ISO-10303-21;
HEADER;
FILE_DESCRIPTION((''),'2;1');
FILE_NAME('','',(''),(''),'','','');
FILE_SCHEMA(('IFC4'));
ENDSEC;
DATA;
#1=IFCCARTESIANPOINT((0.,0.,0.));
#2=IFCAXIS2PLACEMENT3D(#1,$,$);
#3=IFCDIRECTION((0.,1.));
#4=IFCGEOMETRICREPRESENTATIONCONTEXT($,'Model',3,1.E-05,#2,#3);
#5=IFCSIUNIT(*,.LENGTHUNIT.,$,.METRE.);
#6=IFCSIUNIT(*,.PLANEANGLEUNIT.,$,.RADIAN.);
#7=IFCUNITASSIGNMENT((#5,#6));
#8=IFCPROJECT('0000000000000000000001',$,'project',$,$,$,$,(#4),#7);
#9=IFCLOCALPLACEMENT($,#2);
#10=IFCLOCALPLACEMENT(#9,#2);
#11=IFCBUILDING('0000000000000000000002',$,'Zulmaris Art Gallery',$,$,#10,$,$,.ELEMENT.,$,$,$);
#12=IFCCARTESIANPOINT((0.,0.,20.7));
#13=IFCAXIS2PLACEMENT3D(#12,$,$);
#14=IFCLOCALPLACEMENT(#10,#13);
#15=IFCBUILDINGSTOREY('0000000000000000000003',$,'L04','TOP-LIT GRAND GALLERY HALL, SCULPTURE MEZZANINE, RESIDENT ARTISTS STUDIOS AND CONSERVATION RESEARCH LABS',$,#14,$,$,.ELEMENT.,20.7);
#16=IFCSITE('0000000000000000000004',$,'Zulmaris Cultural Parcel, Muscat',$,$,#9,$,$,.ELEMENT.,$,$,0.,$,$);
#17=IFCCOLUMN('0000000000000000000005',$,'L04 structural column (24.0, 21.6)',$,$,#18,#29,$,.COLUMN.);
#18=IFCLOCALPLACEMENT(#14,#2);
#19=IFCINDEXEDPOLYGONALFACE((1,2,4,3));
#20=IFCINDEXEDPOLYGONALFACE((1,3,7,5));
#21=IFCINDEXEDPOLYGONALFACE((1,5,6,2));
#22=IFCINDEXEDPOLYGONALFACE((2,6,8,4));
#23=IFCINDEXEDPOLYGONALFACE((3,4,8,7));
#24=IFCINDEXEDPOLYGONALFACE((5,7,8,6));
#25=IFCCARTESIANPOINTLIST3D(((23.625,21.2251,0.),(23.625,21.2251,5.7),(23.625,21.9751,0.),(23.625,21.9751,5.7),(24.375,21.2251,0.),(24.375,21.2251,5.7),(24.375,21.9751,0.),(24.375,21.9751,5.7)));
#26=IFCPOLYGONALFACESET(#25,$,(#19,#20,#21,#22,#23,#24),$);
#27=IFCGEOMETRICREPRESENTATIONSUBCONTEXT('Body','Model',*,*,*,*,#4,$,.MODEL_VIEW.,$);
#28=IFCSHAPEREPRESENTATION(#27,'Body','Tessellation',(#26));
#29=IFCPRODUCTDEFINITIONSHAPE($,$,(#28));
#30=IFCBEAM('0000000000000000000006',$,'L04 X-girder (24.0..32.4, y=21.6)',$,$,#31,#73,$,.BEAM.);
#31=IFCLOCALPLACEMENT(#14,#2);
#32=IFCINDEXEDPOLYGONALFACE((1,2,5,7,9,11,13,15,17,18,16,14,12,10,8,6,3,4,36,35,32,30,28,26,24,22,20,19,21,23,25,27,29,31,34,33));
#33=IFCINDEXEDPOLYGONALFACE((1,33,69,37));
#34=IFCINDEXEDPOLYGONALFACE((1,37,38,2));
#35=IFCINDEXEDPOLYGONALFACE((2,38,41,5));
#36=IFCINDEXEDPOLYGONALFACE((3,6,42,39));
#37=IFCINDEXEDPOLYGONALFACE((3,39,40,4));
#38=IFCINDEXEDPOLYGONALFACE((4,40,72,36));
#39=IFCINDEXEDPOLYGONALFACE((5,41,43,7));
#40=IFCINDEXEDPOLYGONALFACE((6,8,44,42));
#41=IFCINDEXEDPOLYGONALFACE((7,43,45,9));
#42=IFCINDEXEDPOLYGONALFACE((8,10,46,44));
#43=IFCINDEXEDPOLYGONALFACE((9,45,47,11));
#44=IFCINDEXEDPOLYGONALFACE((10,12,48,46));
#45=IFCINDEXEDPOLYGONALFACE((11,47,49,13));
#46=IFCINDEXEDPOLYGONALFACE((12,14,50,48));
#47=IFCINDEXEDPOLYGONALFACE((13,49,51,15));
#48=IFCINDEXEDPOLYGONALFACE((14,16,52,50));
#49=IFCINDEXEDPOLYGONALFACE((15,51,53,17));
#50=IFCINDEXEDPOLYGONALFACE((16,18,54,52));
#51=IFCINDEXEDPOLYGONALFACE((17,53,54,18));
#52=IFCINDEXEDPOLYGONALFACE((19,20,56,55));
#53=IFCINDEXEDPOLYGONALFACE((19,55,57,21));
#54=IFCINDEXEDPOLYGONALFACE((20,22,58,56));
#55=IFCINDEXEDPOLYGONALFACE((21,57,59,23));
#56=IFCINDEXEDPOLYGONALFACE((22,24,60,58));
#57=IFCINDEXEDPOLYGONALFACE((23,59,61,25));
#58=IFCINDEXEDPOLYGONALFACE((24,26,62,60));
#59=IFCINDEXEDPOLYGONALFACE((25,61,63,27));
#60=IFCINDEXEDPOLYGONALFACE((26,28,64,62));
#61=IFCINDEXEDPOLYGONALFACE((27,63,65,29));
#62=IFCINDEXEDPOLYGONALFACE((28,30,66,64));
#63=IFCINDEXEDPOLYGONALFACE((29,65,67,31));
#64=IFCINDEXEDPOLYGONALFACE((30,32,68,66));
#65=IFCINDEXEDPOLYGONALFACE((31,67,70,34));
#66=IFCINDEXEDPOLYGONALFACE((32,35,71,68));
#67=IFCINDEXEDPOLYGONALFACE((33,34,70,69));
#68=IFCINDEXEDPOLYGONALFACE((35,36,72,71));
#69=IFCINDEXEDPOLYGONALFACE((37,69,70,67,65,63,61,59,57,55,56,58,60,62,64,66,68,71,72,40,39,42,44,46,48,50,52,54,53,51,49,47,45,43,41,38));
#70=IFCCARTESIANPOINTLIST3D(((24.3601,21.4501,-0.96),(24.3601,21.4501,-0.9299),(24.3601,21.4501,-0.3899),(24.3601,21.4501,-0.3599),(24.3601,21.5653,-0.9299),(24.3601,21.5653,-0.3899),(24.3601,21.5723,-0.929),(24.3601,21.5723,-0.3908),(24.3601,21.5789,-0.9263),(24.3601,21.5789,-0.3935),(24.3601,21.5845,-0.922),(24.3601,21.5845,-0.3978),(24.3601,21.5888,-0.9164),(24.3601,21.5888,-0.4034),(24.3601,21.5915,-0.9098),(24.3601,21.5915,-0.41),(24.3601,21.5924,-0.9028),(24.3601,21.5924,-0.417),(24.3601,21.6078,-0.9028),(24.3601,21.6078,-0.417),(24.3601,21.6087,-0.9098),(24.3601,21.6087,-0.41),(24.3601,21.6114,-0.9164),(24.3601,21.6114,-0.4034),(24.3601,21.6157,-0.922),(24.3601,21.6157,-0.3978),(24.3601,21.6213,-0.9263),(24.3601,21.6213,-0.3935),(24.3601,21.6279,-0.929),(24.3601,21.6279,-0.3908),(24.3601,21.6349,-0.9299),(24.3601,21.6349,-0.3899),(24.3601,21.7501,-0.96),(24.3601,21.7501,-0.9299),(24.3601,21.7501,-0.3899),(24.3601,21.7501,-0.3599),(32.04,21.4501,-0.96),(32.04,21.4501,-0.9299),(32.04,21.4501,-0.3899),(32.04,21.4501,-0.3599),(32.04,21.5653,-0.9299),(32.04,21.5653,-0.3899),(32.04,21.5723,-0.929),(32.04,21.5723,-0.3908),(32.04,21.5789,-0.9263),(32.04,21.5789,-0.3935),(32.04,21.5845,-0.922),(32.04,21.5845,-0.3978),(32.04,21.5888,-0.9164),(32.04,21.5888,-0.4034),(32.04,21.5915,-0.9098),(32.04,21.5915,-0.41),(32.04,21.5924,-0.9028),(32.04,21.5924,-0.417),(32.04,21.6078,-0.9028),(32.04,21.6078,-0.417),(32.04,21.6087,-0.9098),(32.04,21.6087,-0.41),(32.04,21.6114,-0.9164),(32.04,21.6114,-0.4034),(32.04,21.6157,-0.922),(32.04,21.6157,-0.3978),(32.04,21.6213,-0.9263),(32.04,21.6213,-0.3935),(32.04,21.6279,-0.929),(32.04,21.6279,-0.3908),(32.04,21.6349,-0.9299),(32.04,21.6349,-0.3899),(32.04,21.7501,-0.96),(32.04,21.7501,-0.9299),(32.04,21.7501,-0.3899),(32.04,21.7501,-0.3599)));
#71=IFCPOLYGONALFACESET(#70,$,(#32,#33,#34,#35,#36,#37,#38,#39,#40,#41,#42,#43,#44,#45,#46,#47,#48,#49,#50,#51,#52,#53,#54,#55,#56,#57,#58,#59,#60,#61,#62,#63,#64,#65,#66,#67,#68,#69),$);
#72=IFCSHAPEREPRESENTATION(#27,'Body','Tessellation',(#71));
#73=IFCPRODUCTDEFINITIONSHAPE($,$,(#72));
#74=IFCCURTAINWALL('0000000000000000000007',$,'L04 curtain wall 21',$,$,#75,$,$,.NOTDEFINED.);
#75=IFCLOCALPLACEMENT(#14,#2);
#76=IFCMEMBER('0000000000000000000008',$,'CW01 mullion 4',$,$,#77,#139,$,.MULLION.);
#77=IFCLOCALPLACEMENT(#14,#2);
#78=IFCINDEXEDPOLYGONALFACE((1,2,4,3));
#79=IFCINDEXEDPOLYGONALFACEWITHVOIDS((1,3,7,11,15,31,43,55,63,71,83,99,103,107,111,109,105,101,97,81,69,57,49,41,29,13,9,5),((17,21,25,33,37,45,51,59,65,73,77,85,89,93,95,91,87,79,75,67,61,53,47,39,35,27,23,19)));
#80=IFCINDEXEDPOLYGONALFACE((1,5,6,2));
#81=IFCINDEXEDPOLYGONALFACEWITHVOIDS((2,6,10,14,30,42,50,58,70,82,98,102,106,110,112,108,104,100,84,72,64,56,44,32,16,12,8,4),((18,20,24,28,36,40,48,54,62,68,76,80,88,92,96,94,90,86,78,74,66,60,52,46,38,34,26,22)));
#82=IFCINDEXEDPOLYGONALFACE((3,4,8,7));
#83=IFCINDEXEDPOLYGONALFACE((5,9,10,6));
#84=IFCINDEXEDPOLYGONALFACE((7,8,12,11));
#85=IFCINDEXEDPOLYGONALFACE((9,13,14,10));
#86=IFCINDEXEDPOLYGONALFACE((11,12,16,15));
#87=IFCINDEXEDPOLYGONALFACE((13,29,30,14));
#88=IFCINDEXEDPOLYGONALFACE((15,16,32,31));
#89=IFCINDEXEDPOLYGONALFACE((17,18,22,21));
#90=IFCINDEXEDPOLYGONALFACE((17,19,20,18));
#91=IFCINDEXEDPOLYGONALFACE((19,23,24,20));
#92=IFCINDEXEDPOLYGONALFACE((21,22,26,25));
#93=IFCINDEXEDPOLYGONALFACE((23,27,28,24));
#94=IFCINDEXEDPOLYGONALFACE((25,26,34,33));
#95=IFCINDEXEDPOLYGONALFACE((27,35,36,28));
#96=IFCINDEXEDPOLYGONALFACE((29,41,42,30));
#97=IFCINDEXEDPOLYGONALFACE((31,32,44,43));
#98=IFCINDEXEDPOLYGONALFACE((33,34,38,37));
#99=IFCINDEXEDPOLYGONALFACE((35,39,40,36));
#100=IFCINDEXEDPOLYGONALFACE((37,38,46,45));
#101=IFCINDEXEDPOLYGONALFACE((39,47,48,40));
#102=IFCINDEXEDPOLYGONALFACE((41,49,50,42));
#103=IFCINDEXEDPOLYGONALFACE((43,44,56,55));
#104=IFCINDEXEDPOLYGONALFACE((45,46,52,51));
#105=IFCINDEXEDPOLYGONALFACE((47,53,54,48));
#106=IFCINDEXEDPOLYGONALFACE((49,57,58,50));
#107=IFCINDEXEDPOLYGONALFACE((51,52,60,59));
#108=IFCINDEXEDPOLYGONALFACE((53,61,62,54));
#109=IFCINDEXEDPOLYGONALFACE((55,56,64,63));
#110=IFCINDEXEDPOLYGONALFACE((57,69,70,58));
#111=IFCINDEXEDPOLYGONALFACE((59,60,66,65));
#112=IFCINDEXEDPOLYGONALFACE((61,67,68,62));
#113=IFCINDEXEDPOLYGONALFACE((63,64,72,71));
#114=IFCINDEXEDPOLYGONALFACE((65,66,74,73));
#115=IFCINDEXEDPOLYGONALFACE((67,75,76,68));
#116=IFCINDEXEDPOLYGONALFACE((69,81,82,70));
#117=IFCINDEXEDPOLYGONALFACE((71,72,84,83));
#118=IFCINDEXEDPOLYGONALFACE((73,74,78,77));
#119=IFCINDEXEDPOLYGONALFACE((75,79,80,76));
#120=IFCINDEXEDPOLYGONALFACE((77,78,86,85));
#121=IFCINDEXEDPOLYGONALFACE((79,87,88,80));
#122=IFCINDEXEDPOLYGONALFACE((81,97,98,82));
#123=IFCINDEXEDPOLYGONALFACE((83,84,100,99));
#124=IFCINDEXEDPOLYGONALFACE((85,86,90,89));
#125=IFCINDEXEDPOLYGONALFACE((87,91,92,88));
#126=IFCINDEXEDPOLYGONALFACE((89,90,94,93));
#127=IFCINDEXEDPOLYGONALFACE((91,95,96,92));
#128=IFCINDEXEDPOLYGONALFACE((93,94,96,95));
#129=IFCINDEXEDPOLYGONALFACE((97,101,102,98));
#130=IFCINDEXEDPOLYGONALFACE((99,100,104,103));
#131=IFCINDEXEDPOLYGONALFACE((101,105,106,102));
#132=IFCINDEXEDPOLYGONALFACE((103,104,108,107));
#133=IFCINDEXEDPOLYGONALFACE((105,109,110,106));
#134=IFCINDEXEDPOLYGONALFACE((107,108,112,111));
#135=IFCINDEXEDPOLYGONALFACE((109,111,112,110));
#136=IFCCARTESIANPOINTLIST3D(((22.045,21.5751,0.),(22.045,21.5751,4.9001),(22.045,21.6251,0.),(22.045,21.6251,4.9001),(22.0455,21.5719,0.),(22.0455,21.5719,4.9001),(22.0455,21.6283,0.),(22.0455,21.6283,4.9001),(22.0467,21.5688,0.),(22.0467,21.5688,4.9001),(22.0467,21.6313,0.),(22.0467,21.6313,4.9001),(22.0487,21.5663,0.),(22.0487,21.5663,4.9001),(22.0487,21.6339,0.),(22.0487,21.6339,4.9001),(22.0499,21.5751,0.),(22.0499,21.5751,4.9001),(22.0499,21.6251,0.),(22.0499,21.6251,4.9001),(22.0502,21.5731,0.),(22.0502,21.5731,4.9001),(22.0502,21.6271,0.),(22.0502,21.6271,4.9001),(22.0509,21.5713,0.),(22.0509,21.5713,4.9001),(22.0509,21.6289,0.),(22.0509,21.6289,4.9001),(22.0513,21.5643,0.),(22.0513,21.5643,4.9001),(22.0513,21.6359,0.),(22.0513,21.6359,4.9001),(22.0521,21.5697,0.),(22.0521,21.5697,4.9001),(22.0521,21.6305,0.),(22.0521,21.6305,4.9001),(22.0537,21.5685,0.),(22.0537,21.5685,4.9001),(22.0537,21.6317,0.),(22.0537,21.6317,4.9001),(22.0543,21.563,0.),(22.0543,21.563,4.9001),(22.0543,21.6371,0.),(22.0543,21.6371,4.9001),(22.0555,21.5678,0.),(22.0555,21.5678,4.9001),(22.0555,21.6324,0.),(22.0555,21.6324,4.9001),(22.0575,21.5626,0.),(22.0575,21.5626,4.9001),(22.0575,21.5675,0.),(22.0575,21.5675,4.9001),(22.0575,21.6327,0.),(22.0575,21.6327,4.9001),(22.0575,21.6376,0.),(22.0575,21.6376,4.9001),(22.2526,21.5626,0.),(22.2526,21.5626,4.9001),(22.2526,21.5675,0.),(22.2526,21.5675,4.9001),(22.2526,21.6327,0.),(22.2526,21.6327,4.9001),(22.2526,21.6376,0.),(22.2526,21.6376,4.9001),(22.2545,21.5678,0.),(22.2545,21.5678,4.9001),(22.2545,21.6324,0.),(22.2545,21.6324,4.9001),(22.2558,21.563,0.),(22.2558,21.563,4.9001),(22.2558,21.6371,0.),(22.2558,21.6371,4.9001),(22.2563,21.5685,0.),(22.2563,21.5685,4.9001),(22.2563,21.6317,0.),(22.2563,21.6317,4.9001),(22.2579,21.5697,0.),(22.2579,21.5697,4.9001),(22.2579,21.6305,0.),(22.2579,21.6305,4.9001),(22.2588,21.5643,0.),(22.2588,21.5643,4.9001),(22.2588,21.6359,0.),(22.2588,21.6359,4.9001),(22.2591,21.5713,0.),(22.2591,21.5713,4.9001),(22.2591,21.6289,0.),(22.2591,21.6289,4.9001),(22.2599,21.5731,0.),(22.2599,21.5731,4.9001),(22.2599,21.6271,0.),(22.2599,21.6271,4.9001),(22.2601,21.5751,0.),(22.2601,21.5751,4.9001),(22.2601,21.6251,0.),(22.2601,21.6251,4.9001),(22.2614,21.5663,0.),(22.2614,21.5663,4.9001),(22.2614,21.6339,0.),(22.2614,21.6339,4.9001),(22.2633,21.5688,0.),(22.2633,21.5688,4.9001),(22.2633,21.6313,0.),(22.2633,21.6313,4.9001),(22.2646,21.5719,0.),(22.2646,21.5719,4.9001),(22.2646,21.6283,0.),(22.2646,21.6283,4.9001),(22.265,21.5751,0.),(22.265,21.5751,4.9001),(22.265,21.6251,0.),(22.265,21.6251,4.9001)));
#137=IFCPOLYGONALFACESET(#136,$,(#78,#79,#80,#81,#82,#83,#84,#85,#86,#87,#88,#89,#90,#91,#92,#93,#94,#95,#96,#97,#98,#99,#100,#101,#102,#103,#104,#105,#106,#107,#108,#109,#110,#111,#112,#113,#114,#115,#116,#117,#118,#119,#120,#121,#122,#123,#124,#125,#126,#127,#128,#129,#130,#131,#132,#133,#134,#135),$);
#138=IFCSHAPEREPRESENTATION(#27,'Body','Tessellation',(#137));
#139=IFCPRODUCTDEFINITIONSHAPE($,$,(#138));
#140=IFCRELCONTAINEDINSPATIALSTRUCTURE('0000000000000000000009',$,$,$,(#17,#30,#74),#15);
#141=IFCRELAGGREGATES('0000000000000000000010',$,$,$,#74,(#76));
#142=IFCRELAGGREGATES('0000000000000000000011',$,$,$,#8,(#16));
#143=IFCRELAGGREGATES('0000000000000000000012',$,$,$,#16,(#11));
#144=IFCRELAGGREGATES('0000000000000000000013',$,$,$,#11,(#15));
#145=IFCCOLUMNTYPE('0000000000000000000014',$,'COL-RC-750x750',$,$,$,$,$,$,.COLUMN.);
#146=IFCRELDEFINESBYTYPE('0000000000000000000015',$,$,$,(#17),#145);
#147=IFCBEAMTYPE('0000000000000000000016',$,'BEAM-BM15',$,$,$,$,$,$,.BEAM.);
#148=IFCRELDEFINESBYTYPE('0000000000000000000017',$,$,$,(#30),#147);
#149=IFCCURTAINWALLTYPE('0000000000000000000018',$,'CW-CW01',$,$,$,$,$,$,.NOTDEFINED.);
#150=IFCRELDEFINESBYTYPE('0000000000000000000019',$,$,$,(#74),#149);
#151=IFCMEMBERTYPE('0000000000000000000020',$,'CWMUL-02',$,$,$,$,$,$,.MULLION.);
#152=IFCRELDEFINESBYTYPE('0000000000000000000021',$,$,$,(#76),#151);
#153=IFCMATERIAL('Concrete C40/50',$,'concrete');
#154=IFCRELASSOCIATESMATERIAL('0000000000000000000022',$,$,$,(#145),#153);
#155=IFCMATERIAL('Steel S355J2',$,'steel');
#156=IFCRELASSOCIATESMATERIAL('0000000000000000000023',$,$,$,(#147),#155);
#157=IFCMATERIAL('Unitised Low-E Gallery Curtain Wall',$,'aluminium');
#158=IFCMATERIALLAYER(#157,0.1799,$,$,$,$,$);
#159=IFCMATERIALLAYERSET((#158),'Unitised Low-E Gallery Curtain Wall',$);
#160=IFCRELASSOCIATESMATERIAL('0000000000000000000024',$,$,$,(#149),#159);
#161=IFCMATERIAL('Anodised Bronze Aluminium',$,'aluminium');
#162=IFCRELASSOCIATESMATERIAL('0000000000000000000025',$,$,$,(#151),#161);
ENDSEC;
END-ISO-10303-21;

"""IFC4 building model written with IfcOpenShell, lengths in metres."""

from ifc_helpers import new_model, si_unit, direction, frame, origin, origin_2d, place, context, subcontext, project, spatial, rectangle, hollow_rectangle, i_section, extrude, material, layer, layer_set, material_profile, profile_set, type_object, element, aggregate, save


model = new_model("IFC4")

# Units and contexts
model_context = context("Model", 3, precision=1e-05, world=origin(), true_north=direction((0.0, 1.0)))
body_context = subcontext(model_context, "Body", "Model", "MODEL_VIEW")
ifc_project = project(units=[si_unit("LENGTHUNIT", "METRE"), si_unit("PLANEANGLEUNIT", "RADIAN")], contexts=[model_context])

# Site, building, storey
site_placement = place(None, origin())
site = spatial("IfcSite", under=ifc_project, at=site_placement, Name="Zulmaris Cultural Parcel, Muscat", CompositionType="ELEMENT", RefElevation=0.0)
building_placement = place(site_placement, origin())
building = spatial("IfcBuilding", under=site, at=building_placement, Name="Zulmaris Art Gallery", CompositionType="ELEMENT")
storey_placement = place(building_placement, frame((0.0, 0.0, 20.7)))
storey = spatial("IfcBuildingStorey", under=building, at=storey_placement, Name="L04", Description="TOP-LIT GRAND GALLERY HALL, SCULPTURE MEZZANINE, RESIDENT ARTISTS STUDIOS AND CONSERVATION RESEARCH LABS", CompositionType="ELEMENT", Elevation=20.7)

# Column
ifc_material_1 = material(Name="Concrete C40/50", Category="concrete")
ifc_material_profile_1 = material_profile(ifc_material_1, rectangle(XDim=0.75, YDim=0.75, at=origin_2d()), Name="RC 750x750")
ifc_profile_set_1 = profile_set([ifc_material_profile_1], Name="Concrete C40/50")
column_type = type_object("IfcColumnType", Name="COL-RC-750x750", PredefinedType="COLUMN", material=ifc_profile_set_1)
column_placement = place(storey_placement, frame((24.0, 21.6001, 0.0), z_axis=(0.0, 0.0, 1.0), x_axis=(1.0, 0.0, 0.0)))
element("IfcColumn", 1, at=column_placement, inside=storey, type_object=column_type, Name="L04 structural column (24.0, 21.6)", PredefinedType="COLUMN", context=body_context, shape_type="SweptSolid", body=[
    extrude(rectangle(XDim=0.75, YDim=0.75, at=origin_2d()), origin(), (0.0, 0.0, 1.0), 5.7),
])

# Beam
ifc_material_2 = material(Name="Steel S355J2", Category="steel")
ifc_material_profile_2 = material_profile(ifc_material_2, i_section(OverallWidth=0.3, OverallDepth=0.6001, WebThickness=0.0154, FlangeThickness=0.03, FilletRadius=0.0271, at=origin_2d()), Name="HEB 600")
ifc_profile_set_2 = profile_set([ifc_material_profile_2], Name="Steel S355J2")
beam_type = type_object("IfcBeamType", Name="BEAM-BM15", PredefinedType="BEAM", material=ifc_profile_set_2)
beam_placement = place(storey_placement, frame((24.3601, 21.6001, -0.6599), z_axis=(1.0, 0.0, 0.0), x_axis=(0.0, 1.0, 0.0)))
element("IfcBeam", 2, at=beam_placement, inside=storey, type_object=beam_type, Name="L04 X-girder (24.0..32.4, y=21.6)", PredefinedType="BEAM", context=body_context, shape_type="SweptSolid", body=[
    extrude(i_section(OverallWidth=0.3, OverallDepth=0.6001, WebThickness=0.0154, FlangeThickness=0.03, FilletRadius=0.0271, at=origin_2d()), origin(), (0.0, 0.0, 1.0), 7.6799),
])

# Curtain wall, member
ifc_material_3 = material(Name="Unitised Low-E Gallery Curtain Wall", Category="aluminium")
ifc_layer_1 = layer(ifc_material_3, 0.1799)
ifc_layer_set_1 = layer_set([ifc_layer_1], Name="Unitised Low-E Gallery Curtain Wall")
curtain_wall_type_1 = type_object("IfcCurtainWallType", Name="CW-CW01", PredefinedType="NOTDEFINED", material=ifc_layer_set_1)
curtain_wall_1_placement = place(storey_placement, origin())
curtain_wall_1 = element("IfcCurtainWall", 3, at=curtain_wall_1_placement, inside=storey, type_object=curtain_wall_type_1, Name="L04 curtain wall 21", PredefinedType="NOTDEFINED")
ifc_material_4 = material(Name="Anodised Bronze Aluminium", Category="aluminium")
ifc_material_profile_3 = material_profile(ifc_material_4, hollow_rectangle(XDim=0.075, YDim=0.22, WallThickness=0.0049, InnerFilletRadius=0.0076, OuterFilletRadius=0.0125, at=origin_2d()), Name="ALU 75x220x5")
ifc_profile_set_3 = profile_set([ifc_material_profile_3], Name="Anodised Bronze Aluminium")
member_type_1 = type_object("IfcMemberType", Name="CWMUL-02", PredefinedType="MULLION", material=ifc_profile_set_3)
member_1_placement = place(storey_placement, frame((22.155, 21.6001, 0.0), z_axis=(0.0, 0.0, 1.0), x_axis=(0.0, 1.0, 0.0)))
member_1 = element("IfcMember", 4, at=member_1_placement, type_object=member_type_1, Name="CW01 mullion 4", PredefinedType="MULLION", context=body_context, shape_type="SweptSolid", body=[
    extrude(hollow_rectangle(XDim=0.075, YDim=0.22, WallThickness=0.0049, InnerFilletRadius=0.0076, OuterFilletRadius=0.0125, at=origin_2d()), origin(), (0.0, 0.0, 1.0), 4.9001),
])

aggregate(curtain_wall_1, [member_1])

save(model, "model.ifc")
